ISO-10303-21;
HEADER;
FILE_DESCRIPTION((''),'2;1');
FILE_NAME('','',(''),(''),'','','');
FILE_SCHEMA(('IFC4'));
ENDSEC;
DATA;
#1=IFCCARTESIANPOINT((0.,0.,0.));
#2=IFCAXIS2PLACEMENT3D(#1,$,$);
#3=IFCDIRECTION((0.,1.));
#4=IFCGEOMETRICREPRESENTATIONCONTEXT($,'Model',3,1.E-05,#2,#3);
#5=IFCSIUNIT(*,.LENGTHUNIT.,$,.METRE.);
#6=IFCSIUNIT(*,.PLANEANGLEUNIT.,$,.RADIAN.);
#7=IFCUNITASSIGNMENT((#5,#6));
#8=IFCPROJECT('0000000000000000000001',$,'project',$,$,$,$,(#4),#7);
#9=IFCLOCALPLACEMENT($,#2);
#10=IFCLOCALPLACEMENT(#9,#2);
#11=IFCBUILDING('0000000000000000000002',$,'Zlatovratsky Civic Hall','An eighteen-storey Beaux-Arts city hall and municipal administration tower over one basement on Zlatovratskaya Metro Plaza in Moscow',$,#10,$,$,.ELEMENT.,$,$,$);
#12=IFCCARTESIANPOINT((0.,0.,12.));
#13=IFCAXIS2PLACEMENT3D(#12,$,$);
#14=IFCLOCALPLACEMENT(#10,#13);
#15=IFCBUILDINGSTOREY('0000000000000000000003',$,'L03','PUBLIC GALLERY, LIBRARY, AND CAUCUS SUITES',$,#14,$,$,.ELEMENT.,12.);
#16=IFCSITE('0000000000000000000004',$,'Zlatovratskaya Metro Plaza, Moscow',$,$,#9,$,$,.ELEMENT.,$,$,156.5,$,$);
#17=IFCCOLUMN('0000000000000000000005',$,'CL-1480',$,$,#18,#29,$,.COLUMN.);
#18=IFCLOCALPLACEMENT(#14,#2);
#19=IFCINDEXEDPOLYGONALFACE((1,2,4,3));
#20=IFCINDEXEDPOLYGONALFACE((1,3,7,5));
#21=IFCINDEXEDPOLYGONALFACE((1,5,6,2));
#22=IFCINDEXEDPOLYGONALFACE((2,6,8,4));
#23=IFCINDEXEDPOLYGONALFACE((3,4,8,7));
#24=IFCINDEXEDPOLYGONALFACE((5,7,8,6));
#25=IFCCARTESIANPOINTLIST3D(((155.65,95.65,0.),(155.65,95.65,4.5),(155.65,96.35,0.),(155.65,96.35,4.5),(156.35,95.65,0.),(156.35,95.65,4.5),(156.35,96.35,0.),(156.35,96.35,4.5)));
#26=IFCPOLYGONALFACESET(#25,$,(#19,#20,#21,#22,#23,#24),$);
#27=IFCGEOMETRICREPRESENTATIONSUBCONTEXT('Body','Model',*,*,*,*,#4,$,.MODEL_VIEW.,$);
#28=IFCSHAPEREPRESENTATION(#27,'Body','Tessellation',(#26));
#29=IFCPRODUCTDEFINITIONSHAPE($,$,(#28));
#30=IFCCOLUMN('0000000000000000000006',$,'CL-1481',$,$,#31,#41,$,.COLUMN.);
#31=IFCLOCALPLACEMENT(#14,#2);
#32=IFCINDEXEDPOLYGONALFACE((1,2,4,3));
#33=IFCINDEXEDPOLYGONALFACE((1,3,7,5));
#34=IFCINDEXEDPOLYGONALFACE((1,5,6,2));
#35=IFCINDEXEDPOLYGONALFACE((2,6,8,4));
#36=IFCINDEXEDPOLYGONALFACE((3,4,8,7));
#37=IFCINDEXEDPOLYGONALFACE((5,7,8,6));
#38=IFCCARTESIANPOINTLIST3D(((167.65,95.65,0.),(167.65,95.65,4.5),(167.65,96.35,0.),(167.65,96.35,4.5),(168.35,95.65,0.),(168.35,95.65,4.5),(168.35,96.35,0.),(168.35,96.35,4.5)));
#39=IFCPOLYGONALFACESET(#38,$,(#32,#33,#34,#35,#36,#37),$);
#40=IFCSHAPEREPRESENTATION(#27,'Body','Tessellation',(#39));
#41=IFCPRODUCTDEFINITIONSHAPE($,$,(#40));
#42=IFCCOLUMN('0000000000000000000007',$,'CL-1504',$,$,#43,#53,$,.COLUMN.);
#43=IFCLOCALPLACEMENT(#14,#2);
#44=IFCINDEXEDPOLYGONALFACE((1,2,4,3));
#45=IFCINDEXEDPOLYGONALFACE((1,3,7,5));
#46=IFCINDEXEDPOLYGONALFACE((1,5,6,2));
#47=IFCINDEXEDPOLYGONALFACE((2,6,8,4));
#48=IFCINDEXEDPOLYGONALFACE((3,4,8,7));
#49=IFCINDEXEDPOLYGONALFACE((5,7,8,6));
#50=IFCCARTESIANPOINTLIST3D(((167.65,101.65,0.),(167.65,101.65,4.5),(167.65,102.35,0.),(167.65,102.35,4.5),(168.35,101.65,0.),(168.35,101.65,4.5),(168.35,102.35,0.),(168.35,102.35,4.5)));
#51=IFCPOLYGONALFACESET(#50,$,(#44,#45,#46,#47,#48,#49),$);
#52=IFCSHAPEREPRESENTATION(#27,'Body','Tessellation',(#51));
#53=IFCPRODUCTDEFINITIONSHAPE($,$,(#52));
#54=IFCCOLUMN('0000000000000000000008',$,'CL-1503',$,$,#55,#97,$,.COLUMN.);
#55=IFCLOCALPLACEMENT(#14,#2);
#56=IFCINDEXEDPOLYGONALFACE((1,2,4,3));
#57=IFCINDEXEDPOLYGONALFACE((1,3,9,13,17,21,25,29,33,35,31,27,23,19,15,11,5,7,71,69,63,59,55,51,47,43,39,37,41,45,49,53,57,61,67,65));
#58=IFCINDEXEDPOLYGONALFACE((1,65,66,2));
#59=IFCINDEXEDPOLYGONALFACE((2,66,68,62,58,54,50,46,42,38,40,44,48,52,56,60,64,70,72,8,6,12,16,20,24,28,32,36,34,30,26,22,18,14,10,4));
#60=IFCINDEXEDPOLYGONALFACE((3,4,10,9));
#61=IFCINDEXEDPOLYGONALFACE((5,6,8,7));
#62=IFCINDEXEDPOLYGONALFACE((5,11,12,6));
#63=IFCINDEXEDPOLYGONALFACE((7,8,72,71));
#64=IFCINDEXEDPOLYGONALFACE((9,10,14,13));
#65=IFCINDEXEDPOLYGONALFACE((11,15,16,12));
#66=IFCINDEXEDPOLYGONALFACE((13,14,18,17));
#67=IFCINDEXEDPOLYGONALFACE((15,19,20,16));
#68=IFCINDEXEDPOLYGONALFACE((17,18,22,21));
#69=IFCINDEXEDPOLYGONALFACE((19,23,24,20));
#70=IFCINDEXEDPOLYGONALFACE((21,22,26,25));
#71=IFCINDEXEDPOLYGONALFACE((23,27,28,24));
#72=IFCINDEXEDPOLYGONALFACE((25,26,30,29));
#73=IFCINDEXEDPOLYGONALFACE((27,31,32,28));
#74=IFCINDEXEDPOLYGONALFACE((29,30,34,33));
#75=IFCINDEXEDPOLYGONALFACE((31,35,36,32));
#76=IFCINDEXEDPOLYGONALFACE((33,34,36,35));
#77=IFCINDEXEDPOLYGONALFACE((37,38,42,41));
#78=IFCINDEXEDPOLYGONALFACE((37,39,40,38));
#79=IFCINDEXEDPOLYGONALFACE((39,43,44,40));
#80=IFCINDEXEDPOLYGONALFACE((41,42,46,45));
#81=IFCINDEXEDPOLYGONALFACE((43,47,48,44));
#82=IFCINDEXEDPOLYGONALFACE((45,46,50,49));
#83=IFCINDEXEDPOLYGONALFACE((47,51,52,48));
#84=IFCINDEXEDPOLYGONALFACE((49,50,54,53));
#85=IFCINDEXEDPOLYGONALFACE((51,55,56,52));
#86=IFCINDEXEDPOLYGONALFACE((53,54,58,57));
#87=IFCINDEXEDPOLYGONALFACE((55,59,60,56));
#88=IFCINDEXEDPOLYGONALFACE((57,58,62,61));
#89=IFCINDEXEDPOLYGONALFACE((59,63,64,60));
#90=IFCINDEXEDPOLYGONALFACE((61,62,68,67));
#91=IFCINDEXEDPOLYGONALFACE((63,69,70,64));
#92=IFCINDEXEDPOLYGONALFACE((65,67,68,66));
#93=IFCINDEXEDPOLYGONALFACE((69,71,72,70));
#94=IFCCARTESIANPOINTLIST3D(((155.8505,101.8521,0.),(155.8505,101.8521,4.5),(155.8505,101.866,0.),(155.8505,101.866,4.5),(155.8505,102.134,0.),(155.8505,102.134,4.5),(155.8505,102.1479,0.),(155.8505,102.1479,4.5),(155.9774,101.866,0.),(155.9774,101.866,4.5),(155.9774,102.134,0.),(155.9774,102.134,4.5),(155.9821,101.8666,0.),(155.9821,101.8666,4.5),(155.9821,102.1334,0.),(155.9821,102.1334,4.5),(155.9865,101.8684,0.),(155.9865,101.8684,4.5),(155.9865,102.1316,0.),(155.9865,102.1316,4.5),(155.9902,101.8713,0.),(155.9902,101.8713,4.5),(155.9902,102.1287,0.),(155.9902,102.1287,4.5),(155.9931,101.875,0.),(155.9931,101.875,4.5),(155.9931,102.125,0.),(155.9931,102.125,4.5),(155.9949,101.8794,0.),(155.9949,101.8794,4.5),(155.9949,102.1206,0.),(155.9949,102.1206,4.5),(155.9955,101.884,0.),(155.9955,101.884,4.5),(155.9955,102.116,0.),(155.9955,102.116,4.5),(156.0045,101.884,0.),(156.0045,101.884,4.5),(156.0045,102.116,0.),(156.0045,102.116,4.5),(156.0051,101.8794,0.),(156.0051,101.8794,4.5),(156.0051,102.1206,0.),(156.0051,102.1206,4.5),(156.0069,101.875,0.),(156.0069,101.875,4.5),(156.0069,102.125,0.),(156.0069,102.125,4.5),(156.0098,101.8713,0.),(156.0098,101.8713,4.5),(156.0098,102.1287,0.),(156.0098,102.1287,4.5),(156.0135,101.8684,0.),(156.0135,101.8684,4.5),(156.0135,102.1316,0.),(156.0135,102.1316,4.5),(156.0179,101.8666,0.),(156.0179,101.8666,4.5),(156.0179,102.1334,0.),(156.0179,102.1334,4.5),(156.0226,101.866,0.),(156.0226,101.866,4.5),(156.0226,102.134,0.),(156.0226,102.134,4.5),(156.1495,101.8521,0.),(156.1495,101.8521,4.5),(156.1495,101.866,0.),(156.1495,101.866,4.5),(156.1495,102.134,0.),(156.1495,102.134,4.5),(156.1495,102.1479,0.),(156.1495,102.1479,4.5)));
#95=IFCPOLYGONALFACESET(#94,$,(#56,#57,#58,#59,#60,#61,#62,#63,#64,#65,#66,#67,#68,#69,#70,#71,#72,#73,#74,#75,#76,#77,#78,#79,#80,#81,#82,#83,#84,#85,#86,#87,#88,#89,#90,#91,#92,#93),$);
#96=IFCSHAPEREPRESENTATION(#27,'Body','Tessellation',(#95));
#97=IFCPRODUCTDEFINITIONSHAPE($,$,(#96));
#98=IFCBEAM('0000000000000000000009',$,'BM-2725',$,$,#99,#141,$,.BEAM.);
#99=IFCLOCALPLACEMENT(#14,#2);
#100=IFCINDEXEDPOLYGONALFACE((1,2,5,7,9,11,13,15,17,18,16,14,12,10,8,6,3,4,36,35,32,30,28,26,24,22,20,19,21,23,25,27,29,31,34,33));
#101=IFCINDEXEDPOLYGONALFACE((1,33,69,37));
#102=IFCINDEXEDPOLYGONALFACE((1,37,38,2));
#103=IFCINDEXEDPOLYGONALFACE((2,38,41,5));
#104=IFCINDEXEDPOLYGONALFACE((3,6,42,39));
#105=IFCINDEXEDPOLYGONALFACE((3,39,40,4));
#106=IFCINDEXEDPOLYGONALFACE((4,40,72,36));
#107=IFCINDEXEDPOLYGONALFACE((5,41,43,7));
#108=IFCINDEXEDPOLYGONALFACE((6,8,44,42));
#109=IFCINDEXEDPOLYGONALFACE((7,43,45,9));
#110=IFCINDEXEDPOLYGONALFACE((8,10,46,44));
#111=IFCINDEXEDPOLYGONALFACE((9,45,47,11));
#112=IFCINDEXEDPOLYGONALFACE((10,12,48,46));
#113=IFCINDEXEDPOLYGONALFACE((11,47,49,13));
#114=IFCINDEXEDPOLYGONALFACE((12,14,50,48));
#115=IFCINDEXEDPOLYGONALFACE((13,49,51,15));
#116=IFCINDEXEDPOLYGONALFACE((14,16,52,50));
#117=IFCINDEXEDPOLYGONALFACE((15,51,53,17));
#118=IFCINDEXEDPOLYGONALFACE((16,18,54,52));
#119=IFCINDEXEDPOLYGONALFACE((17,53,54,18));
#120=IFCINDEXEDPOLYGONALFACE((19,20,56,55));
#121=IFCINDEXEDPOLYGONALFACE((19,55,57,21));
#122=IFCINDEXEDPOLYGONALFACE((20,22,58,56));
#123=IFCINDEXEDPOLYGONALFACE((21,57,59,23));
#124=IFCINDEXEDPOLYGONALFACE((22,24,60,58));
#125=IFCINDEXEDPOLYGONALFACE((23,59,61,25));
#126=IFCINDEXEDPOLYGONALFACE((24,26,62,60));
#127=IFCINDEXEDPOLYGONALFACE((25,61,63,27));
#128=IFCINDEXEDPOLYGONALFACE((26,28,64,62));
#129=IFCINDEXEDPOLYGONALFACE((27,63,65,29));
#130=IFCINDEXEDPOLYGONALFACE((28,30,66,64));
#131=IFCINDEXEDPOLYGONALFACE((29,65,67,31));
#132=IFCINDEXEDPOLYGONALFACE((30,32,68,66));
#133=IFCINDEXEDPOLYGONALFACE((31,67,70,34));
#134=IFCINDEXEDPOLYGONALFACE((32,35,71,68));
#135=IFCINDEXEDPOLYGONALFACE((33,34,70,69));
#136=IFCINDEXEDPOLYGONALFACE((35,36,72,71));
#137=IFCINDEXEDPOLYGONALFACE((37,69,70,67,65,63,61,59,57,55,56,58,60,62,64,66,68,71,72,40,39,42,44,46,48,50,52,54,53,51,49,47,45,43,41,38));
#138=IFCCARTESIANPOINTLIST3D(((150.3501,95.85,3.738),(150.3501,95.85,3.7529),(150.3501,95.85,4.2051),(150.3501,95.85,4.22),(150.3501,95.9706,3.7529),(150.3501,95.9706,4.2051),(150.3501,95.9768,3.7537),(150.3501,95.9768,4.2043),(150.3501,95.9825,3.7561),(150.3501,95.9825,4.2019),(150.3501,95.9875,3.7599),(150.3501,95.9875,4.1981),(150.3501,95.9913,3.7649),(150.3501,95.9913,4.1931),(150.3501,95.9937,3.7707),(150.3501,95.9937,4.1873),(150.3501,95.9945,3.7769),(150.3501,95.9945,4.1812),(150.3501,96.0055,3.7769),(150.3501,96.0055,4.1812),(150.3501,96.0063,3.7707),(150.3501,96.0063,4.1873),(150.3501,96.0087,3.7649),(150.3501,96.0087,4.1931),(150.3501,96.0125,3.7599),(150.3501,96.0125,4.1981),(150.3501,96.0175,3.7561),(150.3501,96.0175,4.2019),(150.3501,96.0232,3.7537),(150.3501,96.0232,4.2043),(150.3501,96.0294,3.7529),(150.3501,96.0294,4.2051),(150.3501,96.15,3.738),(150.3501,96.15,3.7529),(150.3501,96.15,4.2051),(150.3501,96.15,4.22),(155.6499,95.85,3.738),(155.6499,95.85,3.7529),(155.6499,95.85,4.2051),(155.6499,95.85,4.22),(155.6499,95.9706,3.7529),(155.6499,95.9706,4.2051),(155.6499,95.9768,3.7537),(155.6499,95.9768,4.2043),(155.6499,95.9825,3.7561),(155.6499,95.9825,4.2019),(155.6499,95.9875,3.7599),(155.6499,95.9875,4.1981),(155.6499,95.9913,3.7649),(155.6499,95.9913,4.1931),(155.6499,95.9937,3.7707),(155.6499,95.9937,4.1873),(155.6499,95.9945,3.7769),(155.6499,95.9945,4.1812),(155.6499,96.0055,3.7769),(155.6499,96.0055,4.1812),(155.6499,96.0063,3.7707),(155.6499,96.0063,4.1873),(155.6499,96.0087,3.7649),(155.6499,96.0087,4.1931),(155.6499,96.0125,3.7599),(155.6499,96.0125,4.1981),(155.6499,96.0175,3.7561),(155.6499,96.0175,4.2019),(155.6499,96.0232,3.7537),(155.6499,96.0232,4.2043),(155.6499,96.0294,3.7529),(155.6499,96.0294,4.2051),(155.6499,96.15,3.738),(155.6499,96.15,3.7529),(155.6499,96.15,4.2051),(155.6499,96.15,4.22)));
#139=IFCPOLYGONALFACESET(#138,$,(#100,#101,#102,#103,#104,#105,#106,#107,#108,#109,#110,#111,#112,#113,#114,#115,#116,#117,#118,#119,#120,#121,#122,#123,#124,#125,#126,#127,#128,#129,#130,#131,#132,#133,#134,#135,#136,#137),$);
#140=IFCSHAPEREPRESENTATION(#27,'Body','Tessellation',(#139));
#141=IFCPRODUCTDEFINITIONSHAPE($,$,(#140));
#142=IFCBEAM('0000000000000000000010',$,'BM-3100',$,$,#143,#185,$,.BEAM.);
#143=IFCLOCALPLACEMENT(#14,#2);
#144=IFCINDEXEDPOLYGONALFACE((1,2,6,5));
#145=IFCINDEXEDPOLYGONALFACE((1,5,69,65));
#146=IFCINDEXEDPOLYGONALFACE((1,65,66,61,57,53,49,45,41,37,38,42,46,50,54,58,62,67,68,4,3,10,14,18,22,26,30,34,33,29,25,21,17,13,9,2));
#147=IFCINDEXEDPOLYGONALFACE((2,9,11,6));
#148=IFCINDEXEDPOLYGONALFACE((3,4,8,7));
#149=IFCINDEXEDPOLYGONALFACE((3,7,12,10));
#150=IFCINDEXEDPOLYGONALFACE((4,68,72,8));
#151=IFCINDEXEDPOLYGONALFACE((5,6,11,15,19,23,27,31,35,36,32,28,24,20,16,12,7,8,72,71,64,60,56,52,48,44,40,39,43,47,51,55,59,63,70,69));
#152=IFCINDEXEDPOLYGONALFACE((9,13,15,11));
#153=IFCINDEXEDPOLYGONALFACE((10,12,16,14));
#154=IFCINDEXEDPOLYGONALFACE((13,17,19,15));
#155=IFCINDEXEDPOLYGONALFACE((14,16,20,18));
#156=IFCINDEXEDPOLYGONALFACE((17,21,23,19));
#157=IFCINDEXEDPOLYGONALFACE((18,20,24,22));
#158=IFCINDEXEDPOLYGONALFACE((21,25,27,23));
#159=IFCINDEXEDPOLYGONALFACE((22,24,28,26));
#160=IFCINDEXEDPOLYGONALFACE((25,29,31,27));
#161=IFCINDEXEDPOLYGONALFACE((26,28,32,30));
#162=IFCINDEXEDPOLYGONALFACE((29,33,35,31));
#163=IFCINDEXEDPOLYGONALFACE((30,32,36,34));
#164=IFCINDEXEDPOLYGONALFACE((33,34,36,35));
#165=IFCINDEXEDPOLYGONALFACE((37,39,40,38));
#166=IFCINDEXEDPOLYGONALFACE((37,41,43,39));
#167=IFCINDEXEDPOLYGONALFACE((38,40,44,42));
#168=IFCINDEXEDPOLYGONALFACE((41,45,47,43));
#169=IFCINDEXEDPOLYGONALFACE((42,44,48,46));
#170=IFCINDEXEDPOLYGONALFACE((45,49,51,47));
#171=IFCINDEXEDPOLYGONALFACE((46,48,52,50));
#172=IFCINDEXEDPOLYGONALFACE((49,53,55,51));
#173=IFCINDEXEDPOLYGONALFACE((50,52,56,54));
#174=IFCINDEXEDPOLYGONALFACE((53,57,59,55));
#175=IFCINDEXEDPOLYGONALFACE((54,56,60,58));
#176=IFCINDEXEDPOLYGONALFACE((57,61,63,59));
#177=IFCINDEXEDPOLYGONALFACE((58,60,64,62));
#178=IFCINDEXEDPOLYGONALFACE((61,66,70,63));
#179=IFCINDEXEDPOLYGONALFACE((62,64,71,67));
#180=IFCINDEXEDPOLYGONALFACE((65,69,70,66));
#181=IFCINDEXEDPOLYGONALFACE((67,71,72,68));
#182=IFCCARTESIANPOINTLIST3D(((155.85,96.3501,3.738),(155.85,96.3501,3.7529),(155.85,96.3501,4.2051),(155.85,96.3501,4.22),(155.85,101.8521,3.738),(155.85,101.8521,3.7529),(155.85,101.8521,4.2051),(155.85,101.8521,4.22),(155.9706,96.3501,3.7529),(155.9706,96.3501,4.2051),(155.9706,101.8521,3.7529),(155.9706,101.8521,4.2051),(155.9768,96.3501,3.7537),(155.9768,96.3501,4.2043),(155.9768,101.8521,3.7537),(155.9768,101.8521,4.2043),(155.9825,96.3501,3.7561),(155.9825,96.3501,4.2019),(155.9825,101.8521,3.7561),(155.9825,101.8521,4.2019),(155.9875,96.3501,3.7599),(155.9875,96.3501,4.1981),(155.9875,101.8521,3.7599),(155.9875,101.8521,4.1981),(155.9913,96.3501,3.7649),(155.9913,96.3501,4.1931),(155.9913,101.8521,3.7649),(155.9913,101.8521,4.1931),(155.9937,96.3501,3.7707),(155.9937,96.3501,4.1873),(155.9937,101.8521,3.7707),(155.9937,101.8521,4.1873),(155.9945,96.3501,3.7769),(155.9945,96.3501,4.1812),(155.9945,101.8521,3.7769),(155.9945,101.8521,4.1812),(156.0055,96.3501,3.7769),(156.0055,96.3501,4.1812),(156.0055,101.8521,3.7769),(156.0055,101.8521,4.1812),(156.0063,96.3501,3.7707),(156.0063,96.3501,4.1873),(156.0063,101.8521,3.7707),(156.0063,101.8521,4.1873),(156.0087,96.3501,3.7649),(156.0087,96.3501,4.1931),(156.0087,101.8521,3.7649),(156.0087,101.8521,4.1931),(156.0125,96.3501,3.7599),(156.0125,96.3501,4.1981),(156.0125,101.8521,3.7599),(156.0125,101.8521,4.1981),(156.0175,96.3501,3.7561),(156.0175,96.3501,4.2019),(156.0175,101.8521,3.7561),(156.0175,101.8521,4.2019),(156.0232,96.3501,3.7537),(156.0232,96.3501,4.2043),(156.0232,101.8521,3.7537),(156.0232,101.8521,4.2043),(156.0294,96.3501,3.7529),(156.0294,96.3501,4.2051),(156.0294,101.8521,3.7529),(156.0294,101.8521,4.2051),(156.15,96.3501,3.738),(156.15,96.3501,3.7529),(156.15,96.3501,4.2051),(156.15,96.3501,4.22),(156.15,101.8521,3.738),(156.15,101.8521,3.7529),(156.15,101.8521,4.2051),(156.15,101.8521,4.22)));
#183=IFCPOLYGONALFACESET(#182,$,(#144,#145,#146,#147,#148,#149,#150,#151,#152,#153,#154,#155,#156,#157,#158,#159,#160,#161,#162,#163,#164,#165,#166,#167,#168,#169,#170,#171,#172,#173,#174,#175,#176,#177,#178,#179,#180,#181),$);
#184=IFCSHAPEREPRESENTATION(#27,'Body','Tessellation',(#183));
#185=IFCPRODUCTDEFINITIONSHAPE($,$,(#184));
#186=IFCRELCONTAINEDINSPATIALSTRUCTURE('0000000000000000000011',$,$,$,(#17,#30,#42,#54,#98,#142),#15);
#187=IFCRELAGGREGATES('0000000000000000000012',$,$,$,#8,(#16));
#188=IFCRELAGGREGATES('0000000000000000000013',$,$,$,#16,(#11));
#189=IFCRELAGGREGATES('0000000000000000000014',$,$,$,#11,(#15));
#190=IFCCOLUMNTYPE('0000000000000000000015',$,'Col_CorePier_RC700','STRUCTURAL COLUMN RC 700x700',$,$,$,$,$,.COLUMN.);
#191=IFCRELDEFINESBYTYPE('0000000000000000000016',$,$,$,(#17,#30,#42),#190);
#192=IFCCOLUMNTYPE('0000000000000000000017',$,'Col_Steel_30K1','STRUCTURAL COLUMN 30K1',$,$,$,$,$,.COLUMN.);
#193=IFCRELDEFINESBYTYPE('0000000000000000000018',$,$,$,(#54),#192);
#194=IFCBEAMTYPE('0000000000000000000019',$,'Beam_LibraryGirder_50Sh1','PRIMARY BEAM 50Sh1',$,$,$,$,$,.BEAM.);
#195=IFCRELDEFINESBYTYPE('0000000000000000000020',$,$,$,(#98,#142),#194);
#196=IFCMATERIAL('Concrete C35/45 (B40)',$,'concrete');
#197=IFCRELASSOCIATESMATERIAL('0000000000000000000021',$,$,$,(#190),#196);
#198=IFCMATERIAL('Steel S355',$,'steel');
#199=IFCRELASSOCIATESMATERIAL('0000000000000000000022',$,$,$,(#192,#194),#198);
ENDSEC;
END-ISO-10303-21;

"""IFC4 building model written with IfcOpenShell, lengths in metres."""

from ifc_helpers import new_model, si_unit, direction, frame, origin, origin_2d, place, context, subcontext, project, spatial, rectangle, i_section, extrude, material, material_profile, profile_set, type_object, element, save


model = new_model("IFC4")

# Units and contexts
model_context = context("Model", 3, precision=1e-05, world=origin(), true_north=direction((0.0, 1.0)))
body_context = subcontext(model_context, "Body", "Model", "MODEL_VIEW")
ifc_project = project(units=[si_unit("LENGTHUNIT", "METRE"), si_unit("PLANEANGLEUNIT", "RADIAN")], contexts=[model_context])

# Site, building, storey
site_placement = place(None, origin())
site = spatial("IfcSite", under=ifc_project, at=site_placement, Name="Zlatovratskaya Metro Plaza, Moscow", CompositionType="ELEMENT", RefElevation=156.5)
building_placement = place(site_placement, origin())
building = spatial("IfcBuilding", under=site, at=building_placement, Name="Zlatovratsky Civic Hall", Description="An eighteen-storey Beaux-Arts city hall and municipal administration tower over one basement on Zlatovratskaya Metro Plaza in Moscow", CompositionType="ELEMENT")
storey_placement = place(building_placement, frame((0.0, 0.0, 12.0)))
storey = spatial("IfcBuildingStorey", under=building, at=storey_placement, Name="L03", Description="PUBLIC GALLERY, LIBRARY, AND CAUCUS SUITES", CompositionType="ELEMENT", Elevation=12.0)

# Columns
ifc_material_1 = material(Name="Concrete C35/45 (B40)", Category="concrete")
ifc_material_profile_1 = material_profile(ifc_material_1, rectangle(XDim=0.7, YDim=0.7, at=origin_2d()), Name="RC 700x700")
ifc_profile_set_1 = profile_set([ifc_material_profile_1], Name="Concrete C35/45 (B40)")
column_type_1 = type_object("IfcColumnType", Name="Col_CorePier_RC700", Description="STRUCTURAL COLUMN RC 700x700", PredefinedType="COLUMN", material=ifc_profile_set_1)
for number, where, z_axis, x_axis, name in (
    (1, (156.0, 96.0, 0.0), (0.0, 0.0, 1.0), (1.0, 0.0, 0.0), "CL-1480"),
    (2, (168.0, 96.0, 0.0), (0.0, 0.0, 1.0), (1.0, 0.0, 0.0), "CL-1481"),
    (3, (168.0, 102.0, 0.0), (0.0, 0.0, 1.0), (1.0, 0.0, 0.0), "CL-1504"),
):
    element("IfcColumn", number, at=place(storey_placement, frame(where, z_axis=z_axis, x_axis=x_axis)), inside=storey, type_object=column_type_1, Name=name, PredefinedType="COLUMN", context=body_context, shape_type="SweptSolid", body=[
        extrude(rectangle(XDim=0.7, YDim=0.7, at=origin_2d()), origin(), (0.0, 0.0, 1.0), 4.5),
    ])
ifc_material_2 = material(Name="Steel S355", Category="steel")
ifc_material_profile_2 = material_profile(ifc_material_2, i_section(OverallWidth=0.2991, OverallDepth=0.2959, WebThickness=0.009, FlangeThickness=0.0139, FilletRadius=0.0181, at=origin_2d()), Name="30K1")
ifc_profile_set_2 = profile_set([ifc_material_profile_2], Name="Steel S355")
column_type_2 = type_object("IfcColumnType", Name="Col_Steel_30K1", Description="STRUCTURAL COLUMN 30K1", PredefinedType="COLUMN", material=ifc_profile_set_2)
column_placement = place(storey_placement, frame((156.0, 102.0, 0.0), z_axis=(0.0, 0.0, 1.0), x_axis=(1.0, 0.0, 0.0)))
element("IfcColumn", 4, at=column_placement, inside=storey, type_object=column_type_2, Name="CL-1503", PredefinedType="COLUMN", context=body_context, shape_type="SweptSolid", body=[
    extrude(i_section(OverallWidth=0.2991, OverallDepth=0.2959, WebThickness=0.009, FlangeThickness=0.0139, FilletRadius=0.0181, at=origin_2d()), origin(), (0.0, 0.0, 1.0), 4.5),
])

# Beams
ifc_material_profile_3 = material_profile(ifc_material_2, i_section(OverallWidth=0.3, OverallDepth=0.4819, WebThickness=0.011, FlangeThickness=0.0149, FilletRadius=0.0239, at=origin_2d()), Name="50Sh1")
ifc_profile_set_3 = profile_set([ifc_material_profile_3], Name="Steel S355")
beam_type_1 = type_object("IfcBeamType", Name="Beam_LibraryGirder_50Sh1", Description="PRIMARY BEAM 50Sh1", PredefinedType="BEAM", material=ifc_profile_set_3)
beam_1_placement = place(storey_placement, frame((150.3501, 96.0, 3.979), z_axis=(1.0, 0.0, 0.0), x_axis=(0.0, 1.0, 0.0)))
element("IfcBeam", 5, at=beam_1_placement, inside=storey, type_object=beam_type_1, Name="BM-2725", PredefinedType="BEAM", context=body_context, shape_type="SweptSolid", body=[
    extrude(i_section(OverallWidth=0.3, OverallDepth=0.4819, WebThickness=0.011, FlangeThickness=0.0149, FilletRadius=0.0239, at=origin_2d()), origin(), (0.0, 0.0, 1.0), 5.2998),
])
beam_2_placement = place(storey_placement, frame((156.0, 96.3501, 3.979), z_axis=(0.0, 1.0, 0.0), x_axis=(-1.0, 0.0, 0.0)))
element("IfcBeam", 6, at=beam_2_placement, inside=storey, type_object=beam_type_1, Name="BM-3100", PredefinedType="BEAM", context=body_context, shape_type="SweptSolid", body=[
    extrude(i_section(OverallWidth=0.3, OverallDepth=0.4819, WebThickness=0.011, FlangeThickness=0.0149, FilletRadius=0.0239, at=origin_2d()), origin(), (0.0, 0.0, 1.0), 5.502),
])

save(model, "model.ifc")
